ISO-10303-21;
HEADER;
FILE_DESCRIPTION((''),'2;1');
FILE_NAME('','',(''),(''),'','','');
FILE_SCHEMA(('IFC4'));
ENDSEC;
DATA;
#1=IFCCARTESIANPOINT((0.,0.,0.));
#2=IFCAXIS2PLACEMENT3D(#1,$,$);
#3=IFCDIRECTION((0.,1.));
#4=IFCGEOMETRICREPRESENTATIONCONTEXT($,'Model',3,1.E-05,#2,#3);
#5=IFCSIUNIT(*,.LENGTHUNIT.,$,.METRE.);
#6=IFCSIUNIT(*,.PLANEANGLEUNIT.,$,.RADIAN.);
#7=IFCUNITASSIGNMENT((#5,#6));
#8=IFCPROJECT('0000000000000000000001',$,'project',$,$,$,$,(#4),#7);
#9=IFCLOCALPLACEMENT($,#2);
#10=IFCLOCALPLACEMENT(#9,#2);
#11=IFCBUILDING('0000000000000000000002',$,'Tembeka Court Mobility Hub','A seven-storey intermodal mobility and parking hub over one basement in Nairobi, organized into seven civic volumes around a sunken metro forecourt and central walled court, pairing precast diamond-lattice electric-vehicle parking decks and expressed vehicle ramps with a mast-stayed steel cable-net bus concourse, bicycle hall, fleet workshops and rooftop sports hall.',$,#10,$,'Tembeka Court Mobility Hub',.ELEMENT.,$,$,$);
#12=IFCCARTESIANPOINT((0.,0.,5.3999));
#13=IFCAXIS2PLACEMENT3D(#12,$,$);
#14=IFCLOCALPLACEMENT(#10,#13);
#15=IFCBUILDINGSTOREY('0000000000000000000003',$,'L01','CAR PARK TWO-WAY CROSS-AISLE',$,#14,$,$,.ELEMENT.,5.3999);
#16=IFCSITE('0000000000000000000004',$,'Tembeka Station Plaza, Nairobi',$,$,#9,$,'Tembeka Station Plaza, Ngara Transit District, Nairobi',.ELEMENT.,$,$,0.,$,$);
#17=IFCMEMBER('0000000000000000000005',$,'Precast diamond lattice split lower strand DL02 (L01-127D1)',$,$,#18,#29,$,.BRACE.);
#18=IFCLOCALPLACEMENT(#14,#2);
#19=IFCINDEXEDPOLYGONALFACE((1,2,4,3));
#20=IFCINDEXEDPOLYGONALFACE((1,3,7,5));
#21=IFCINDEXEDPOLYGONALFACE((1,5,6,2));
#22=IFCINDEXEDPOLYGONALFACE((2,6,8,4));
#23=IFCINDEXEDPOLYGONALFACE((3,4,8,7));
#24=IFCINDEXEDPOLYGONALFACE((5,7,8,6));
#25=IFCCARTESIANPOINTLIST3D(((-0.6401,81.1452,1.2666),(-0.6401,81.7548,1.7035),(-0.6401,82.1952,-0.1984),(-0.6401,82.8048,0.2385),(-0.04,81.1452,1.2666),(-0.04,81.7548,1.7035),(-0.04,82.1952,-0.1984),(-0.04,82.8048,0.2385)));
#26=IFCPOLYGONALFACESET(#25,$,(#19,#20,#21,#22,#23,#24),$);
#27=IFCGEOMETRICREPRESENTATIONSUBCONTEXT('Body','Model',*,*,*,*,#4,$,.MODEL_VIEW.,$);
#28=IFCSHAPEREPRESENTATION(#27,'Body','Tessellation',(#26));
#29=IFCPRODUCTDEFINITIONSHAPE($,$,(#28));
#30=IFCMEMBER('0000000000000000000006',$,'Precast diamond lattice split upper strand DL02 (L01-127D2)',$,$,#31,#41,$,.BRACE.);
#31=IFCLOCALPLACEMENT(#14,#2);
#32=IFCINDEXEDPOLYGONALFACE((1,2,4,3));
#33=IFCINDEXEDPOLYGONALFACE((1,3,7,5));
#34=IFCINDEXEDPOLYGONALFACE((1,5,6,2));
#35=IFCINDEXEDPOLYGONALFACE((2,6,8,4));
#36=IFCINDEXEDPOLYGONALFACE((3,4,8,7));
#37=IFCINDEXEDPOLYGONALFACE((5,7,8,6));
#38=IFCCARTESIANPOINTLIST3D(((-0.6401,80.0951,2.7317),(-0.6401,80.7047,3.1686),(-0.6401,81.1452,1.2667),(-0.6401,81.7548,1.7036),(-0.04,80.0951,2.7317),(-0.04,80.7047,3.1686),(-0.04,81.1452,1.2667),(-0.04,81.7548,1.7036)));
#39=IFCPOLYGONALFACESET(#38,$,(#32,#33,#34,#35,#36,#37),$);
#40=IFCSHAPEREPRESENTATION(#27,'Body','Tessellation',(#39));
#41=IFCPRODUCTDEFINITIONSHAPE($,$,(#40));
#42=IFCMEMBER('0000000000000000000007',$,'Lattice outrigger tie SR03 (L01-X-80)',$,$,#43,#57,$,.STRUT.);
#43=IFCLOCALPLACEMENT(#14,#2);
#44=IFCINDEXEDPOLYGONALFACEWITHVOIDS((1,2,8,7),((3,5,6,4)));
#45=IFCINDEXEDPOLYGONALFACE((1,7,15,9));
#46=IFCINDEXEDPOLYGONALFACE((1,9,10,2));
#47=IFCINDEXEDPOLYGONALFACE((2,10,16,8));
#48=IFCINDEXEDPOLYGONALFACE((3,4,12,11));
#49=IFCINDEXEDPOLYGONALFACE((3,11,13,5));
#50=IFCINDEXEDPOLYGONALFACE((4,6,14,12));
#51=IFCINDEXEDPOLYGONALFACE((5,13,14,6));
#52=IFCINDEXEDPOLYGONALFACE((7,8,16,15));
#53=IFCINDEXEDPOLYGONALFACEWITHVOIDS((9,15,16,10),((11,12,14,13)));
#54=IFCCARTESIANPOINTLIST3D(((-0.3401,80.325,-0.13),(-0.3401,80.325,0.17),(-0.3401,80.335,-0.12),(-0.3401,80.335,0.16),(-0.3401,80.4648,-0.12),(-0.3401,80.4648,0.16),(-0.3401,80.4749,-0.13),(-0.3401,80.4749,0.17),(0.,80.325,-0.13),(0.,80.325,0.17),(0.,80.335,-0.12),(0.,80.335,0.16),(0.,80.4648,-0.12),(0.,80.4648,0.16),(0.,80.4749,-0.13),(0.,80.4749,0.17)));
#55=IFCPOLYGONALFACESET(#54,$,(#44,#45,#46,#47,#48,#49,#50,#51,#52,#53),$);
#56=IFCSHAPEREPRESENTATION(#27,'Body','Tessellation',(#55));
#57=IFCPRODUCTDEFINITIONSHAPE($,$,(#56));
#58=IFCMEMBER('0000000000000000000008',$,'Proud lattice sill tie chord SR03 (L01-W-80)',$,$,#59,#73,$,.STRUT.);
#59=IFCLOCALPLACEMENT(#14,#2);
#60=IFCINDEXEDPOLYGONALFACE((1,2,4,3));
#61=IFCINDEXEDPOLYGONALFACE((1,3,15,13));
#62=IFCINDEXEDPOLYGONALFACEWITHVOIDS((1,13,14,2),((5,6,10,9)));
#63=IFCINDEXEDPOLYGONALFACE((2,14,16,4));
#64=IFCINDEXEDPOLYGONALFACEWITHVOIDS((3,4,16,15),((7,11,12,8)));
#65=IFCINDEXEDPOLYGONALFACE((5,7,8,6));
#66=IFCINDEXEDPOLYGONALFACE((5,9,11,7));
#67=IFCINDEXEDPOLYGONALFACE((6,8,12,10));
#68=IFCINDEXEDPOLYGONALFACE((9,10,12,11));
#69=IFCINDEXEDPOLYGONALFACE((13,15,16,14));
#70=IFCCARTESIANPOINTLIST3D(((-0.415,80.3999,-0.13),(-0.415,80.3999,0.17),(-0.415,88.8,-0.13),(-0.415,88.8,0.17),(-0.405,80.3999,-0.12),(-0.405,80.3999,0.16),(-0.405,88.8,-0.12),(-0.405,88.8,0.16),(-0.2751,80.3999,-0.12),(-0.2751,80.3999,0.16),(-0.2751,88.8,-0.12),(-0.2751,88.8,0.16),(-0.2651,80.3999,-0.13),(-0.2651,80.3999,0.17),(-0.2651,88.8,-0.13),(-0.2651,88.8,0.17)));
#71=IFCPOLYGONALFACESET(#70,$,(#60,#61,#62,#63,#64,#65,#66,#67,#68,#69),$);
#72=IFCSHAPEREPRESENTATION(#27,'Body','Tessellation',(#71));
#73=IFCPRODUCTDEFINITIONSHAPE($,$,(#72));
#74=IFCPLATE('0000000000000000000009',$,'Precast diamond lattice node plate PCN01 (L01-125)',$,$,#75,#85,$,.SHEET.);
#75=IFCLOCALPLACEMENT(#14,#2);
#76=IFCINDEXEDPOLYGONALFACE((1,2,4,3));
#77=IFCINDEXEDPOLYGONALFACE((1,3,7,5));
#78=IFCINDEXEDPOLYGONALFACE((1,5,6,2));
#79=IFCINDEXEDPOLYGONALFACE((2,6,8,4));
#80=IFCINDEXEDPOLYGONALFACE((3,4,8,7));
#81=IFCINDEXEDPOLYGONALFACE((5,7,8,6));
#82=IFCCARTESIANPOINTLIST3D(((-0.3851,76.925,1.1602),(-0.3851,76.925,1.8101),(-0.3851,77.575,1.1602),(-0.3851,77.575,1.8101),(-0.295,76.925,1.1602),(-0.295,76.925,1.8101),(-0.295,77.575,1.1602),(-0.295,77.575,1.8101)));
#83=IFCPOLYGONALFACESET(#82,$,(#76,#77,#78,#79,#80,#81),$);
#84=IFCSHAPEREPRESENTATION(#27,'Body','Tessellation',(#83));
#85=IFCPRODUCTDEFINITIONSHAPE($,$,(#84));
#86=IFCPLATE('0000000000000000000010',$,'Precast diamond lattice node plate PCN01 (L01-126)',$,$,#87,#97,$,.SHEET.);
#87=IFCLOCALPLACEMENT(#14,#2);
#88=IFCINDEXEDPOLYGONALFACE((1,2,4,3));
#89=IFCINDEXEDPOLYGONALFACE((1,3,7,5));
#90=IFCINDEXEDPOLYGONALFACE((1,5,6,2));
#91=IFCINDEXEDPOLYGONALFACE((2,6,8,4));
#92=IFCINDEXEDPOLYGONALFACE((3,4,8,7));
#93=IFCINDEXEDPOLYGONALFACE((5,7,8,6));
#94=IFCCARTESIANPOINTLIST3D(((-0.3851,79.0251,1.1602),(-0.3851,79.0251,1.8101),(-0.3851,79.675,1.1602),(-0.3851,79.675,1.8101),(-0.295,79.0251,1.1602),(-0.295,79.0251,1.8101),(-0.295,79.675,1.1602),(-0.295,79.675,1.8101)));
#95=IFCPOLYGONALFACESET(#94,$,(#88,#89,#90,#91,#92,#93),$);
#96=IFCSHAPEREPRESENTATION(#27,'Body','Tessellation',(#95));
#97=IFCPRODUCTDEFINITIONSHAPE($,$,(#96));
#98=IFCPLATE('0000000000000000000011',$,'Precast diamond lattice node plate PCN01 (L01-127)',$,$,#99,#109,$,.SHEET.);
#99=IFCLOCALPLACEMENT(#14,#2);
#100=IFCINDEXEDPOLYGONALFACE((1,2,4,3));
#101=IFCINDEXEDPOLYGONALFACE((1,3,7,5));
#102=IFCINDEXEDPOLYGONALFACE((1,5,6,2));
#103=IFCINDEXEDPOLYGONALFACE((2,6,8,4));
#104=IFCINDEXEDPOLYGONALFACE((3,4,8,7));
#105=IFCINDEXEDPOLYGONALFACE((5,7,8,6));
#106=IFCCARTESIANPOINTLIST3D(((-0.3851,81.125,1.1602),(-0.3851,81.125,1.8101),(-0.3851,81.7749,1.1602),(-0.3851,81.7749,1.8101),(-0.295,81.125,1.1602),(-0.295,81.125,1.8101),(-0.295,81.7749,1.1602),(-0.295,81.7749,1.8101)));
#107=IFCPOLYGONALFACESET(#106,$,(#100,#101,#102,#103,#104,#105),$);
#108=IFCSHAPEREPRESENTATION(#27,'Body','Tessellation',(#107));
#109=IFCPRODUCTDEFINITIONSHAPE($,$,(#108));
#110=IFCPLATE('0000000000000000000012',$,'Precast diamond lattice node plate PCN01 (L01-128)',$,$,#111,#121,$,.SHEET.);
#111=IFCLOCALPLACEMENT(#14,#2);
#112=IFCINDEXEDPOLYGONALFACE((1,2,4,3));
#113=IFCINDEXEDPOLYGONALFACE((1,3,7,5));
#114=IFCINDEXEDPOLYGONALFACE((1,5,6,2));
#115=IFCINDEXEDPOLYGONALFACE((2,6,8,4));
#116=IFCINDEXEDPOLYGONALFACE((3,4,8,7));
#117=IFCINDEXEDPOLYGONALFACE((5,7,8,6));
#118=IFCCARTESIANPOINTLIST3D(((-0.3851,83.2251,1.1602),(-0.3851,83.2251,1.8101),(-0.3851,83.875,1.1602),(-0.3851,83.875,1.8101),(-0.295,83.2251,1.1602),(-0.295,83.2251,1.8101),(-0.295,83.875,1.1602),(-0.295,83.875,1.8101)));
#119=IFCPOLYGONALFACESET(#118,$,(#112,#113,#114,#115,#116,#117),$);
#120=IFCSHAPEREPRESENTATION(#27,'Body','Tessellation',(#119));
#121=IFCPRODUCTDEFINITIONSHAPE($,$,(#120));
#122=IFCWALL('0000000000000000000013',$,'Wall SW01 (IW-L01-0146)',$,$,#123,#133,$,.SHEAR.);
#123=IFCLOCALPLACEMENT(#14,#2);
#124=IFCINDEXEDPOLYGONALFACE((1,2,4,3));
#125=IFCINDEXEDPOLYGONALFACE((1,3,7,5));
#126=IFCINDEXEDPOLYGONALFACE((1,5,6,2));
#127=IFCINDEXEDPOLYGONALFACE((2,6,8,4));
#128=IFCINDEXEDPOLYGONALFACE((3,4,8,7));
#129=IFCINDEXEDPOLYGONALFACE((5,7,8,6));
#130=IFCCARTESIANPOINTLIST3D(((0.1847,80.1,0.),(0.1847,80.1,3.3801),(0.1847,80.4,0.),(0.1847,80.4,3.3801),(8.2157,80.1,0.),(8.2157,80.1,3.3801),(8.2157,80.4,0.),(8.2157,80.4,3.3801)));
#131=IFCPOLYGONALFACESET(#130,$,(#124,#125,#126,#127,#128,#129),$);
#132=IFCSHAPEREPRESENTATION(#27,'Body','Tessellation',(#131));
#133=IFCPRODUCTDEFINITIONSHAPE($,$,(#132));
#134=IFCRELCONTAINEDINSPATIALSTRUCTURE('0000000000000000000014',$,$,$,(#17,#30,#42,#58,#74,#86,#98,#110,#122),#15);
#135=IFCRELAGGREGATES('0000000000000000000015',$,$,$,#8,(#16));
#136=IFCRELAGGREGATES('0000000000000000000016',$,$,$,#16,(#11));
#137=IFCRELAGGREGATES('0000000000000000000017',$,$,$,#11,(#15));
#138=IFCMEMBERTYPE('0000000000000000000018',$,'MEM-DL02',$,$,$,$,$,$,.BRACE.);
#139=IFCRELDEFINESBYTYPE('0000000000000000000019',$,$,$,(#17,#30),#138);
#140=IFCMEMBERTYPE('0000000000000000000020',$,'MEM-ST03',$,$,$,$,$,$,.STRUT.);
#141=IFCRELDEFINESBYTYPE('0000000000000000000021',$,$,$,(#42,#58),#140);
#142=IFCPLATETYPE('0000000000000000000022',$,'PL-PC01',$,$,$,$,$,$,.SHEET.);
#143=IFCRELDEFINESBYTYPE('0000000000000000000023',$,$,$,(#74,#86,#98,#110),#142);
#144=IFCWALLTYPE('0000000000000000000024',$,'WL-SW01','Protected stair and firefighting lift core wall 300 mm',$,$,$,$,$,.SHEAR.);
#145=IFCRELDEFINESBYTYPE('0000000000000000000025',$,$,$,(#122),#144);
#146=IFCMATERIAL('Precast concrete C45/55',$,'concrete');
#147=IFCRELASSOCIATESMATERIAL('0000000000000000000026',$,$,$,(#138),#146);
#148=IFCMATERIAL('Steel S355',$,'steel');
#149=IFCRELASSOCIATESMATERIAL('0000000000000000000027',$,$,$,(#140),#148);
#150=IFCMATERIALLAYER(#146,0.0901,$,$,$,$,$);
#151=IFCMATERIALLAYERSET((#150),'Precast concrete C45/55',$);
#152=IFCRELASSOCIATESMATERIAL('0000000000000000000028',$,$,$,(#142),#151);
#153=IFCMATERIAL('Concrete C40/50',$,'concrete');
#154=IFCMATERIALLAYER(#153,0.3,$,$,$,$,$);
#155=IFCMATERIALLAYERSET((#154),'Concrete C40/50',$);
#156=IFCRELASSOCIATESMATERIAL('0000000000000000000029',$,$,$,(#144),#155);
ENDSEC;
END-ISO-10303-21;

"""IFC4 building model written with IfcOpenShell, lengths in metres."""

from ifc_helpers import new_model, si_unit, direction, frame, frame_2d, origin, origin_2d, place, context, subcontext, project, spatial, rectangle, hollow_rectangle, extrude, material, layer, layer_set, material_profile, profile_set, type_object, element, save


model = new_model("IFC4")

# Units and contexts
model_context = context("Model", 3, precision=1e-05, world=origin(), true_north=direction((0.0, 1.0)))
body_context = subcontext(model_context, "Body", "Model", "MODEL_VIEW")
ifc_project = project(units=[si_unit("LENGTHUNIT", "METRE"), si_unit("PLANEANGLEUNIT", "RADIAN")], contexts=[model_context])

# Site, building, storey
site_placement = place(None, origin())
site = spatial("IfcSite", under=ifc_project, at=site_placement, Name="Tembeka Station Plaza, Nairobi", LongName="Tembeka Station Plaza, Ngara Transit District, Nairobi", CompositionType="ELEMENT", RefElevation=0.0)
building_placement = place(site_placement, origin())
building = spatial("IfcBuilding", under=site, at=building_placement, Name="Tembeka Court Mobility Hub", Description="A seven-storey intermodal mobility and parking hub over one basement in Nairobi, organized into seven civic volumes around a sunken metro forecourt and central walled court, pairing precast diamond-lattice electric-vehicle parking decks and expressed vehicle ramps with a mast-stayed steel cable-net bus concourse, bicycle hall, fleet workshops and rooftop sports hall.", LongName="Tembeka Court Mobility Hub", CompositionType="ELEMENT")
storey_placement = place(building_placement, frame((0.0, 0.0, 5.3999)))
storey = spatial("IfcBuildingStorey", under=building, at=storey_placement, Name="L01", Description="CAR PARK TWO-WAY CROSS-AISLE", CompositionType="ELEMENT", Elevation=5.3999)

# Shared definitions
ifc_material_1 = material(Name="Steel S355", Category="steel")

# Members
ifc_material_2 = material(Name="Precast concrete C45/55", Category="concrete")
ifc_material_profile_1 = material_profile(ifc_material_2, rectangle(XDim=0.6001, YDim=0.75, at=origin_2d()), Name="PC-DIAG 600x750")
ifc_profile_set_1 = profile_set([ifc_material_profile_1], Name="Precast concrete C45/55")
member_type_1 = type_object("IfcMemberType", Name="MEM-DL02", PredefinedType="BRACE", material=ifc_profile_set_1)
for number, where, z_axis, x_axis, name in (
    (1, (-0.3401, 82.5, 0.02), (0.0, -0.582544, 0.812799), (1.0, 0.0, 0.0), "Precast diamond lattice split lower strand DL02 (L01-127D1)"),
    (2, (-0.3401, 81.45, 1.4851), (0.0, -0.582544, 0.812799), (1.0, 0.0, 0.0), "Precast diamond lattice split upper strand DL02 (L01-127D2)"),
):
    element("IfcMember", number, at=place(storey_placement, frame(where, z_axis=z_axis, x_axis=x_axis)), inside=storey, type_object=member_type_1, Name=name, PredefinedType="BRACE", context=body_context, shape_type="SweptSolid", body=[
        extrude(rectangle(XDim=0.6001, YDim=0.75, at=origin_2d()), origin(), (0.0, 0.0, 1.0), 1.8025),
    ])
ifc_material_profile_2 = material_profile(ifc_material_1, hollow_rectangle(XDim=0.1499, YDim=0.3, WallThickness=0.01, at=origin_2d()), Name="RHS 300x150x10")
ifc_profile_set_2 = profile_set([ifc_material_profile_2], Name="Steel S355")
member_type_2 = type_object("IfcMemberType", Name="MEM-ST03", PredefinedType="STRUT", material=ifc_profile_set_2)
member_1_placement = place(storey_placement, frame((0.0, 80.3999, 0.02), z_axis=(-1.0, 0.0, 0.0), x_axis=(0.0, -1.0, 0.0)))
element("IfcMember", 3, at=member_1_placement, inside=storey, type_object=member_type_2, Name="Lattice outrigger tie SR03 (L01-X-80)", PredefinedType="STRUT", context=body_context, shape_type="SweptSolid", body=[
    extrude(hollow_rectangle(XDim=0.1499, YDim=0.3, WallThickness=0.01, at=origin_2d()), origin(), (0.0, 0.0, 1.0), 0.3401),
])
member_2_placement = place(storey_placement, frame((-0.3401, 80.3999, 0.02), z_axis=(0.0, 1.0, 0.0), x_axis=(-1.0, 0.0, 0.0)))
element("IfcMember", 4, at=member_2_placement, inside=storey, type_object=member_type_2, Name="Proud lattice sill tie chord SR03 (L01-W-80)", PredefinedType="STRUT", context=body_context, shape_type="SweptSolid", body=[
    extrude(hollow_rectangle(XDim=0.1499, YDim=0.3, WallThickness=0.01, at=origin_2d()), origin(), (0.0, 0.0, 1.0), 8.4001),
])

# Plates
ifc_layer_1 = layer(ifc_material_2, 0.0901)
ifc_layer_set_1 = layer_set([ifc_layer_1], Name="Precast concrete C45/55")
plate_type = type_object("IfcPlateType", Name="PL-PC01", PredefinedType="SHEET", material=ifc_layer_set_1)
for number, where, z_axis, x_axis, name in (
    (5, (-0.3401, 77.25, 1.1602), (0.0, 0.0, 1.0), (1.0, 0.0, 0.0), "Precast diamond lattice node plate PCN01 (L01-125)"),
    (6, (-0.3401, 79.3501, 1.1602), (0.0, 0.0, 1.0), (1.0, 0.0, 0.0), "Precast diamond lattice node plate PCN01 (L01-126)"),
    (7, (-0.3401, 81.45, 1.1602), (0.0, 0.0, 1.0), (1.0, 0.0, 0.0), "Precast diamond lattice node plate PCN01 (L01-127)"),
    (8, (-0.3401, 83.55, 1.1602), (0.0, 0.0, 1.0), (1.0, 0.0, 0.0), "Precast diamond lattice node plate PCN01 (L01-128)"),
):
    element("IfcPlate", number, at=place(storey_placement, frame(where, z_axis=z_axis, x_axis=x_axis)), inside=storey, type_object=plate_type, Name=name, PredefinedType="SHEET", context=body_context, shape_type="SweptSolid", body=[
        extrude(rectangle(XDim=0.0901, YDim=0.6499, at=origin_2d()), origin(), (0.0, 0.0, 1.0), 0.6499),
    ])

# Wall
ifc_material_3 = material(Name="Concrete C40/50", Category="concrete")
ifc_layer_2 = layer(ifc_material_3, 0.3)
ifc_layer_set_2 = layer_set([ifc_layer_2], Name="Concrete C40/50")
wall_type = type_object("IfcWallType", Name="WL-SW01", Description="Protected stair and firefighting lift core wall 300 mm", PredefinedType="SHEAR", material=ifc_layer_set_2)
wall_placement = place(storey_placement, frame((0.1846, 80.25, 0.0), z_axis=(0.0, 0.0, 1.0), x_axis=(1.0, 0.0, 0.0)))
element("IfcWall", 9, at=wall_placement, inside=storey, type_object=wall_type, Name="Wall SW01 (IW-L01-0146)", PredefinedType="SHEAR", context=body_context, shape_type="SweptSolid", body=[
    extrude(rectangle(XDim=8.031, YDim=0.3, at=frame_2d((4.0156, 0.0))), origin(), (0.0, 0.0, 1.0), 3.3801),
])

save(model, "model.ifc")
